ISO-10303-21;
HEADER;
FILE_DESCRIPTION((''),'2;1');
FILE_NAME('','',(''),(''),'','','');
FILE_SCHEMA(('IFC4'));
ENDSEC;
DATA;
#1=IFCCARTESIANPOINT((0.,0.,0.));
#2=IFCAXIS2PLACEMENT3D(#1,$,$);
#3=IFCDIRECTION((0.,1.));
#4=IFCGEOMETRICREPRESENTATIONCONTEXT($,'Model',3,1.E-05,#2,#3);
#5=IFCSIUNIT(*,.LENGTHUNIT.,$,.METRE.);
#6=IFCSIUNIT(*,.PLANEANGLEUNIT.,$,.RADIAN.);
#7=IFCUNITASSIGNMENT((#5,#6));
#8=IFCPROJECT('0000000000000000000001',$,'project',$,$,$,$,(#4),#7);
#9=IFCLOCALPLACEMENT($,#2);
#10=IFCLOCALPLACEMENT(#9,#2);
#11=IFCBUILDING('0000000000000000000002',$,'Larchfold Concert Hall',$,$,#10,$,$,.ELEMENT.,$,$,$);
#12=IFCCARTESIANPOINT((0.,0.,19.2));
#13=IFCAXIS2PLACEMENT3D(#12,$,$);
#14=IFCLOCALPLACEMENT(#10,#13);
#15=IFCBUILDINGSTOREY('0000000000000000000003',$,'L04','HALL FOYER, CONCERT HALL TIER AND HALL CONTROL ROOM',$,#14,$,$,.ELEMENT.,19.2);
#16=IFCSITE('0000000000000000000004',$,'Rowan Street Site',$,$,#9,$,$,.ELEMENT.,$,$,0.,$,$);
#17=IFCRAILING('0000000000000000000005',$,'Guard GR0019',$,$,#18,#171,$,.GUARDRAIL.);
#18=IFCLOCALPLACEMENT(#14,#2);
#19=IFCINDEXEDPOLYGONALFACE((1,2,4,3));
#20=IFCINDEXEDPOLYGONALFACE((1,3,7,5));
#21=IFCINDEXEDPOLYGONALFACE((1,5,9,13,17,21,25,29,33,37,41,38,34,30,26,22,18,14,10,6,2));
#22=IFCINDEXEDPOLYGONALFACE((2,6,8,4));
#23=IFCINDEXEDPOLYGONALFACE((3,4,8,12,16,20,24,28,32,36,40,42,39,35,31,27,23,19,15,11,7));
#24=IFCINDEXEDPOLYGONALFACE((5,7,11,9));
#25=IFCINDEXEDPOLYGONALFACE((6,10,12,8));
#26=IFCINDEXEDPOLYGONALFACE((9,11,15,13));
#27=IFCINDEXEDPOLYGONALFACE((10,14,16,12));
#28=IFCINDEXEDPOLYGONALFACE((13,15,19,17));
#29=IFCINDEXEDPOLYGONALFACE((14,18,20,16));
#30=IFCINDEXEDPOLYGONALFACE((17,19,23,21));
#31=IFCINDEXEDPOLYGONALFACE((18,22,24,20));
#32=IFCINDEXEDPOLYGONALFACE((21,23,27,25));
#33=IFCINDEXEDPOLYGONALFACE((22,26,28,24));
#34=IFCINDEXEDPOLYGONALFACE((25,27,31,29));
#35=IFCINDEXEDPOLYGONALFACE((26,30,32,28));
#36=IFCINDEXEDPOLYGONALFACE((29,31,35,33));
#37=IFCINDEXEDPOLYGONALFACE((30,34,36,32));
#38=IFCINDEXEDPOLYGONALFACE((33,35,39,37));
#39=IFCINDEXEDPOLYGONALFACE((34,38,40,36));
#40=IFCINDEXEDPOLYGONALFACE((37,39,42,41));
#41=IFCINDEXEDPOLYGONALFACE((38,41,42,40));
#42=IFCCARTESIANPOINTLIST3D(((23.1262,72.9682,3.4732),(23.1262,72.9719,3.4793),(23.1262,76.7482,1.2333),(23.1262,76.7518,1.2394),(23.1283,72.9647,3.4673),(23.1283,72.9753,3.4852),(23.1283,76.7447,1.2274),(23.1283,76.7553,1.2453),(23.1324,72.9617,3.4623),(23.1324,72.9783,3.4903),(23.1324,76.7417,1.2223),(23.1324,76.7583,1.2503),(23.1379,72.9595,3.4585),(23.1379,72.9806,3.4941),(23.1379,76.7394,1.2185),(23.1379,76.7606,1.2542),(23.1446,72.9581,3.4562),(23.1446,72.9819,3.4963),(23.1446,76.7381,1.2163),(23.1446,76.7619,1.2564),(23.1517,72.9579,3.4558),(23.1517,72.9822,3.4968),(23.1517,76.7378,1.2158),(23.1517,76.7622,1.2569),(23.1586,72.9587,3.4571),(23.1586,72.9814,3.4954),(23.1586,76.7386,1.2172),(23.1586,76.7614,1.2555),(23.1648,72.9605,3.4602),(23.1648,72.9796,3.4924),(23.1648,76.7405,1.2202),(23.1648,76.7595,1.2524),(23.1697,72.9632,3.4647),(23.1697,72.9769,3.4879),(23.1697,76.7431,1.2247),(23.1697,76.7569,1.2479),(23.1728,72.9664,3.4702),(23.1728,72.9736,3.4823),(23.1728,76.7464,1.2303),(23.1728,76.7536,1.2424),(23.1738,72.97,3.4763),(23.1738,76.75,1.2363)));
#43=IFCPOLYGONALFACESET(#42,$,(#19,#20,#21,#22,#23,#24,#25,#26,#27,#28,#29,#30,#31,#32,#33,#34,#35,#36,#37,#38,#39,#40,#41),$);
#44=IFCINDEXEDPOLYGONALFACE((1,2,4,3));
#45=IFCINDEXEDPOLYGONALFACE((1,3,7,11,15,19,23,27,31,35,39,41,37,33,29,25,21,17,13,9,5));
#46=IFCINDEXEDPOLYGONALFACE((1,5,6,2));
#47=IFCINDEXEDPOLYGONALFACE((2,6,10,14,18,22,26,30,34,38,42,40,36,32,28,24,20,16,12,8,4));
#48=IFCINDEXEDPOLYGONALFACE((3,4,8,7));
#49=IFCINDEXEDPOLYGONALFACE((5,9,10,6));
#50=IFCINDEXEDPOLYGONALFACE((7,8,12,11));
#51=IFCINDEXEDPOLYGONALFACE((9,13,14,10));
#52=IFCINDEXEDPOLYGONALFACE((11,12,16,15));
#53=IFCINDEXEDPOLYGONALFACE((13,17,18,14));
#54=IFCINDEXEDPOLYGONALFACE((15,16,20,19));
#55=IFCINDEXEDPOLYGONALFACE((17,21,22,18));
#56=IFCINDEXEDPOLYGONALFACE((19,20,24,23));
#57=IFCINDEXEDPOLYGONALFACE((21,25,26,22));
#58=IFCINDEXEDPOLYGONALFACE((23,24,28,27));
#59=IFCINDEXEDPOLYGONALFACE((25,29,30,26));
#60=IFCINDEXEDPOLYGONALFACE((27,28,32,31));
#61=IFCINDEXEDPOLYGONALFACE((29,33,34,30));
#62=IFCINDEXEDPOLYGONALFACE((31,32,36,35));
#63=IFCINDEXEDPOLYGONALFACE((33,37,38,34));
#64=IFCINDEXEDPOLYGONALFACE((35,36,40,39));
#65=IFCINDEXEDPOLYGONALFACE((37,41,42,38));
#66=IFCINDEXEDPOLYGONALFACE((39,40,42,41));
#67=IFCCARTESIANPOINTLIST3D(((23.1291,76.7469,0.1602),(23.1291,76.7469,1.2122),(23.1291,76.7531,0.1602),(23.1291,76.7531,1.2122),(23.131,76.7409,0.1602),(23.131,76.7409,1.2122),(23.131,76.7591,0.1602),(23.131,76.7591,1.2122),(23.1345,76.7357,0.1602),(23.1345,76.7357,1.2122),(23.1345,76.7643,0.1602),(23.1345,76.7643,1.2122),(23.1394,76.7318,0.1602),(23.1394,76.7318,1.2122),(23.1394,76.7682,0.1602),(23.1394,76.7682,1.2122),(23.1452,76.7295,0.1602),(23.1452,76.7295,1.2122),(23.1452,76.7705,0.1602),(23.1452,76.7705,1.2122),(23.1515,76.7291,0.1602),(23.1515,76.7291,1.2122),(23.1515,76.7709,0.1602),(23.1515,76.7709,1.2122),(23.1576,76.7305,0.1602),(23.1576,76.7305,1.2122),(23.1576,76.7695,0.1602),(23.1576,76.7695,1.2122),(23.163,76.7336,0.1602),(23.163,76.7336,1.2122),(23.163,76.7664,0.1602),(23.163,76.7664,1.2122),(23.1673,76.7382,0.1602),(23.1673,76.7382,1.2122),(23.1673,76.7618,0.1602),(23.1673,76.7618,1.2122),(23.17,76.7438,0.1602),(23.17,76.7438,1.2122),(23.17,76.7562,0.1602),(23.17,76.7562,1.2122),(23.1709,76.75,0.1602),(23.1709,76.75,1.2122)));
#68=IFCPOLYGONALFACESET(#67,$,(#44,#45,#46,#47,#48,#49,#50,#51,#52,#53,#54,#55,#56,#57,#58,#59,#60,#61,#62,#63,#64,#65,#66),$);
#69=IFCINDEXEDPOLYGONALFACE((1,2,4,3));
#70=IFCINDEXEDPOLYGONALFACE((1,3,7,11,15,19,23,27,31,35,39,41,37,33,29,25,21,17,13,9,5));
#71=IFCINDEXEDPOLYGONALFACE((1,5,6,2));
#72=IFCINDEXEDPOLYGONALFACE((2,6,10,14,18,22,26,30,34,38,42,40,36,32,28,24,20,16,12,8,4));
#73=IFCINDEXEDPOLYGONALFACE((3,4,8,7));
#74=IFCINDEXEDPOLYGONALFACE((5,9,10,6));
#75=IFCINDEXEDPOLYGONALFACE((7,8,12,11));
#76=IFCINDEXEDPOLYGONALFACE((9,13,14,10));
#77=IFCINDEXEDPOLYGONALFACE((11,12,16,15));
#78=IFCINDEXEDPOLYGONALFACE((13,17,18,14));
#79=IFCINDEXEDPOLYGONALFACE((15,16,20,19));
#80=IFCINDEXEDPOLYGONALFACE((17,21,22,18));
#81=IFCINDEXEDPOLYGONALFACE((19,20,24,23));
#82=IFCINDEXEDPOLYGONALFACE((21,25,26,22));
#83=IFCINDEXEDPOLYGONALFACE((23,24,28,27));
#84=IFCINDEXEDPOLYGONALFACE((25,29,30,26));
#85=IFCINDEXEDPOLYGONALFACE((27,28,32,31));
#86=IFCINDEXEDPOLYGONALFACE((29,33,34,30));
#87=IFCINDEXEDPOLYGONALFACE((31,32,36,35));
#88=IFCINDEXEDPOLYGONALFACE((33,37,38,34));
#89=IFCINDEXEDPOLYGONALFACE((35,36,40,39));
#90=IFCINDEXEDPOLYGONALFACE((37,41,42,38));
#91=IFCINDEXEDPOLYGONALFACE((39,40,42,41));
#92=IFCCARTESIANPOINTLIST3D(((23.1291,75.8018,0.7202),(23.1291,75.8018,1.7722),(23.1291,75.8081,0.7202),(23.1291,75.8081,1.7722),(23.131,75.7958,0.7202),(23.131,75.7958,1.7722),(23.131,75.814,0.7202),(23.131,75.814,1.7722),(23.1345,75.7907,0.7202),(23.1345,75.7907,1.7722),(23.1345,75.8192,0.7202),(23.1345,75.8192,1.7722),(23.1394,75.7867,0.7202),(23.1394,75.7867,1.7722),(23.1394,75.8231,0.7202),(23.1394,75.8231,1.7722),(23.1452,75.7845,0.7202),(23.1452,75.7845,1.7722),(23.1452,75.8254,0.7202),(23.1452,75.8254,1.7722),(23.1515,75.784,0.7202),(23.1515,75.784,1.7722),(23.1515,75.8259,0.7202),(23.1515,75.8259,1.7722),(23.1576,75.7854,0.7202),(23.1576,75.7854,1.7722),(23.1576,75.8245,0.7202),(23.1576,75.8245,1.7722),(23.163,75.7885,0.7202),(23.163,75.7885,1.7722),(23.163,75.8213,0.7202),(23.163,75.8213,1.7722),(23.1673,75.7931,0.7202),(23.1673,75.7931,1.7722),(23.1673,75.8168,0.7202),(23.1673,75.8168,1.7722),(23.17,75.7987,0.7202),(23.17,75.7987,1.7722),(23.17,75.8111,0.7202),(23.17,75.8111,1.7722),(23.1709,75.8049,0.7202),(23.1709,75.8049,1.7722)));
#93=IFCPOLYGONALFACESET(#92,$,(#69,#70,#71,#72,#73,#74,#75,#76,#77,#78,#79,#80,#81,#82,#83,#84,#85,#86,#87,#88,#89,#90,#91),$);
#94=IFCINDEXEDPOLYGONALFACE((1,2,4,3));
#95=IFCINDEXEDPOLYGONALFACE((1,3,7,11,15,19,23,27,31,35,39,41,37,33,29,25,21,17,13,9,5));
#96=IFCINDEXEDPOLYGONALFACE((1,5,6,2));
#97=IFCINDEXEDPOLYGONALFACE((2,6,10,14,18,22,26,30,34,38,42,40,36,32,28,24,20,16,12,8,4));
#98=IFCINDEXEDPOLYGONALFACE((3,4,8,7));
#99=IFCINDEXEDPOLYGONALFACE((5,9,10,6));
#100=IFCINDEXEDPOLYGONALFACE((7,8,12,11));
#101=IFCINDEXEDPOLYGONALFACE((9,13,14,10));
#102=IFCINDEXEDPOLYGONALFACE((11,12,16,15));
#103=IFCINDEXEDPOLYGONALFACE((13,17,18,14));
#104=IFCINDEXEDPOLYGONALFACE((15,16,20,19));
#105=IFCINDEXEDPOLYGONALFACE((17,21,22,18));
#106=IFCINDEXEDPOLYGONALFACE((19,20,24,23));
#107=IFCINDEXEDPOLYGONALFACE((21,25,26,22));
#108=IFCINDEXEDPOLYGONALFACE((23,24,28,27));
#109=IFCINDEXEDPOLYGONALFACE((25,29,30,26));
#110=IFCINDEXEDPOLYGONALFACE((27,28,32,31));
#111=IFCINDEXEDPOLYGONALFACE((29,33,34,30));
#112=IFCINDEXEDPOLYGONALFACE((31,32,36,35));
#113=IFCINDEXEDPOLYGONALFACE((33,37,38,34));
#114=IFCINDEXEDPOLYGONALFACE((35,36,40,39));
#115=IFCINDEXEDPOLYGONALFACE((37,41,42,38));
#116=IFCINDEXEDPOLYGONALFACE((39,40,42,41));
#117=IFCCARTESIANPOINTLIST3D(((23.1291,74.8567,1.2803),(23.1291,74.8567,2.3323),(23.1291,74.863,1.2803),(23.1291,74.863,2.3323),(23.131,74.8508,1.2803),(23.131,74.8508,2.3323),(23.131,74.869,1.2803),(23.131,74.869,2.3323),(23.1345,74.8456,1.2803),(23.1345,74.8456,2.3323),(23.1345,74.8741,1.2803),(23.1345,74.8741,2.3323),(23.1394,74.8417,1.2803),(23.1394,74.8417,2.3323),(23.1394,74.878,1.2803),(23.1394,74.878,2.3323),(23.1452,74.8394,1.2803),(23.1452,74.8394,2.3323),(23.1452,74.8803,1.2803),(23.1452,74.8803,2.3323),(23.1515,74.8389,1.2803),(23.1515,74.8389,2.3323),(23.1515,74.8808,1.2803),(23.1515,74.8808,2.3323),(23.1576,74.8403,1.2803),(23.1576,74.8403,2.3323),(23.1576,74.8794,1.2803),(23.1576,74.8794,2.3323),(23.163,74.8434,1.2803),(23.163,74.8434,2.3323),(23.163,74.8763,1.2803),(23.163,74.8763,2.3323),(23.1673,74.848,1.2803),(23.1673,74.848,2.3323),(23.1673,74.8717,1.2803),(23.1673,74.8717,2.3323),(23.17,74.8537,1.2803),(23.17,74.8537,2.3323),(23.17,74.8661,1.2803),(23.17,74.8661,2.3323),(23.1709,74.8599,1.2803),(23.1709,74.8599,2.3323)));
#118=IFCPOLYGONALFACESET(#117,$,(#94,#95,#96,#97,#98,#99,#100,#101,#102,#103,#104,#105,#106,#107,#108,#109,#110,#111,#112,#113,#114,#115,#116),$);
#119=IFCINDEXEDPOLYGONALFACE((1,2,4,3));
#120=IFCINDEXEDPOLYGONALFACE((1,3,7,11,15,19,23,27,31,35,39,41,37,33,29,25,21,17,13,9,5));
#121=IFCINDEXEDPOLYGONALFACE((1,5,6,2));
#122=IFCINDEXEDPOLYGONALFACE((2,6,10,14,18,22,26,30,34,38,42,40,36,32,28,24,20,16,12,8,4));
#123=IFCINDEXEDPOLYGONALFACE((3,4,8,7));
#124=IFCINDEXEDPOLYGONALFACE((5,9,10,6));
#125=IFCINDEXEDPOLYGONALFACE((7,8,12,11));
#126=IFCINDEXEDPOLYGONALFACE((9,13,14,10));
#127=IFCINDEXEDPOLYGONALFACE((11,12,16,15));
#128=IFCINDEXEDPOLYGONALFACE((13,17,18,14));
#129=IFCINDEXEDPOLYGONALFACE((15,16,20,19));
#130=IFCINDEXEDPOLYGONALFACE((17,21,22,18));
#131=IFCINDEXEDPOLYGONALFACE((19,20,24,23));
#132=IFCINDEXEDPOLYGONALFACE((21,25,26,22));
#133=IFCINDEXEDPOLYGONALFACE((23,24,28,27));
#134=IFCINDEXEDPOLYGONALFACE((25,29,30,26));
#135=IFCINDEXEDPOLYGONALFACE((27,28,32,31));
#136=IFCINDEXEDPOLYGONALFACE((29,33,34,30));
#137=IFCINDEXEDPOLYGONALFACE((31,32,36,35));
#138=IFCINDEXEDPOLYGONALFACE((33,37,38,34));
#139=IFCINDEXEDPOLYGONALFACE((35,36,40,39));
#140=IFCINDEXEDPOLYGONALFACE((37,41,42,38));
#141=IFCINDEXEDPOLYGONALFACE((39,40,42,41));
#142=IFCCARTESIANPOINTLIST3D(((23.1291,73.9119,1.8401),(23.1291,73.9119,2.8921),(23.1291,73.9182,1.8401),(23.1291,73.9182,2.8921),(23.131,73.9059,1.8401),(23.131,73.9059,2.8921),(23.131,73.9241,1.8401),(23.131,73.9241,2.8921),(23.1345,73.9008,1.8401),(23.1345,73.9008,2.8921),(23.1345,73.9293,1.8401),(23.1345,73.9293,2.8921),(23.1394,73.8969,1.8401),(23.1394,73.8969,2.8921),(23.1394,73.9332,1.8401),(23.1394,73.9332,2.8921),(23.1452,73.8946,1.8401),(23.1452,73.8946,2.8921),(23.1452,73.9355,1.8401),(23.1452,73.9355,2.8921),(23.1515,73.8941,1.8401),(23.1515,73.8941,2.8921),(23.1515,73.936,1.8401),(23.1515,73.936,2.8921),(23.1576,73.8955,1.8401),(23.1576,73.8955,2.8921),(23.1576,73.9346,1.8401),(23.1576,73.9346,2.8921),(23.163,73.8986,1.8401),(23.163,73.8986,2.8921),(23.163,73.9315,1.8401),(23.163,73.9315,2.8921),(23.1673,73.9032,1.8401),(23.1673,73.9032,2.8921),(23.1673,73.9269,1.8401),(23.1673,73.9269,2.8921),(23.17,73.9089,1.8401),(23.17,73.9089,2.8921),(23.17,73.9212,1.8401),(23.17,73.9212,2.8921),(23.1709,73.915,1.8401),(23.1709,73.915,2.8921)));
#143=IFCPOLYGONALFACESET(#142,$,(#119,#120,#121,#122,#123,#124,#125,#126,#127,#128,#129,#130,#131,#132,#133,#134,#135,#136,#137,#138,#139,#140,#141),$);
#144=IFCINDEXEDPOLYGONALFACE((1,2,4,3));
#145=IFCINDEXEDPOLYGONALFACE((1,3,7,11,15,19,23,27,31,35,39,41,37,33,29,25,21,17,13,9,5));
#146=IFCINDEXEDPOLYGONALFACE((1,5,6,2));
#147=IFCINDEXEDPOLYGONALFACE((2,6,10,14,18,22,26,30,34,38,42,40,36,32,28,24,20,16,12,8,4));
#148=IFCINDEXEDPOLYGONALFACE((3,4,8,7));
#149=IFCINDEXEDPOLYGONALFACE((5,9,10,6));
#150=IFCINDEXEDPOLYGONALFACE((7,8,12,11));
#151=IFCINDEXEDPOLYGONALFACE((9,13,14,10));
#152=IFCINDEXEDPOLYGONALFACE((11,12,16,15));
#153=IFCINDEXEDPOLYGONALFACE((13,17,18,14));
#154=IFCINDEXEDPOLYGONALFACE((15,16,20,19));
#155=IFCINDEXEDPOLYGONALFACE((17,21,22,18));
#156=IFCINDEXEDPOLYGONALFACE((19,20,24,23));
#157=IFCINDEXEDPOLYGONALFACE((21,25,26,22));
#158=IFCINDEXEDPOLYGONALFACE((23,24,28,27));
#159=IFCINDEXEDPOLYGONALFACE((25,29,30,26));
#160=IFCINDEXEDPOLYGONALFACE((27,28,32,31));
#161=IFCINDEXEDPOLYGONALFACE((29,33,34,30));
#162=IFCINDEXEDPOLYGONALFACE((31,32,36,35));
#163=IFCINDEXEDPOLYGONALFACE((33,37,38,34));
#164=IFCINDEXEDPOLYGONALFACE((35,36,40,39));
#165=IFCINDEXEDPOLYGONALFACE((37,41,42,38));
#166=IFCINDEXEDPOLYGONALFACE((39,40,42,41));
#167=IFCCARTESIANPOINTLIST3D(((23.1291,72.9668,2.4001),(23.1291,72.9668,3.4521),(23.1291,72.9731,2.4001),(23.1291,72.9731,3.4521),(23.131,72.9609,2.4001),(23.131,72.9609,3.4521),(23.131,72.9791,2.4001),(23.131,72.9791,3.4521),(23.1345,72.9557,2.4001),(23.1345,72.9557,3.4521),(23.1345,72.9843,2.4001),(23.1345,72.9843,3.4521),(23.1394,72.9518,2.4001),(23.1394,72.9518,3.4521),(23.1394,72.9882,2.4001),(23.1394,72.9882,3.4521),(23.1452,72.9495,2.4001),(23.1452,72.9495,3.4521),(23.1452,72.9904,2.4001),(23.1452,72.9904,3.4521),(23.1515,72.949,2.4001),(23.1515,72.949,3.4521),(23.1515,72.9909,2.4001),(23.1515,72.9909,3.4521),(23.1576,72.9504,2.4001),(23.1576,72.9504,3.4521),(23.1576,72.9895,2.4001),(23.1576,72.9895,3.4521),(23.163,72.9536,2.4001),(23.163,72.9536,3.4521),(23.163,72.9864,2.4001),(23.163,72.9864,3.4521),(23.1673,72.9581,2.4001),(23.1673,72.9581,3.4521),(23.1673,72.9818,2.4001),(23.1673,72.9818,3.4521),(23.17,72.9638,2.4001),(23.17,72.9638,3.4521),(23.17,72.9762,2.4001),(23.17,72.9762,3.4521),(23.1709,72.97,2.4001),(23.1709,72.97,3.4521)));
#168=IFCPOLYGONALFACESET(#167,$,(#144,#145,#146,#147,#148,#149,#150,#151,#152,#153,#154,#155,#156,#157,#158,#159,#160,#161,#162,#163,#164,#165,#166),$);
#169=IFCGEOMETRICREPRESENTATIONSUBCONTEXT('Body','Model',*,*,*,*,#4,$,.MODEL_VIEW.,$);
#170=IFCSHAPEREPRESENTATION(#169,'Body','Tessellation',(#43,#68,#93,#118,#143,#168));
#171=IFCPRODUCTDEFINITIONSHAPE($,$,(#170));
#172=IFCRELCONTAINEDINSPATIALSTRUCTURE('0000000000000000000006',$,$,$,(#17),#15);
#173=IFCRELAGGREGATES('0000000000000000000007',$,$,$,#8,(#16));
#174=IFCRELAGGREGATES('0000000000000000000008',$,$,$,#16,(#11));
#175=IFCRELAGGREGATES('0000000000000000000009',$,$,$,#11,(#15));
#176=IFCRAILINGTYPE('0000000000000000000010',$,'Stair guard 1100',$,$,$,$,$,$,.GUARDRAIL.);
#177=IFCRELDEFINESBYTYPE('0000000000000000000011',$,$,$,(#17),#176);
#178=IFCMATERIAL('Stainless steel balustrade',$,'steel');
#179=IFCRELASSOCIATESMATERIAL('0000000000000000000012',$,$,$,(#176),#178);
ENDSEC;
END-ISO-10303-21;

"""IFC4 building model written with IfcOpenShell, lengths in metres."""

from ifc_helpers import new_model, si_unit, direction, frame, origin, origin_2d, place, context, subcontext, project, spatial, circle, extrude, material, type_object, element, save


model = new_model("IFC4")

# Units and contexts
model_context = context("Model", 3, precision=1e-05, world=origin(), true_north=direction((0.0, 1.0)))
body_context = subcontext(model_context, "Body", "Model", "MODEL_VIEW")
ifc_project = project(units=[si_unit("LENGTHUNIT", "METRE"), si_unit("PLANEANGLEUNIT", "RADIAN")], contexts=[model_context])

# Site, building, storey
site_placement = place(None, origin())
site = spatial("IfcSite", under=ifc_project, at=site_placement, Name="Rowan Street Site", CompositionType="ELEMENT", RefElevation=0.0)
building_placement = place(site_placement, origin())
building = spatial("IfcBuilding", under=site, at=building_placement, Name="Larchfold Concert Hall", CompositionType="ELEMENT")
storey_placement = place(building_placement, frame((0.0, 0.0, 19.2)))
storey = spatial("IfcBuildingStorey", under=building, at=storey_placement, Name="L04", Description="HALL FOYER, CONCERT HALL TIER AND HALL CONTROL ROOM", CompositionType="ELEMENT", Elevation=19.2)

# Railing
ifc_material_1 = material(Name="Stainless steel balustrade", Category="steel")
railing_type_1 = type_object("IfcRailingType", Name="Stair guard 1100", PredefinedType="GUARDRAIL", material=ifc_material_1)
railing_1_placement = place(storey_placement, frame((23.1499, 76.75, 0.1602)))
element("IfcRailing", 1, at=railing_1_placement, inside=storey, type_object=railing_type_1, Name="Guard GR0019", PredefinedType="GUARDRAIL", context=body_context, shape_type="SweptSolid", body=[
    extrude(circle(Radius=0.0239, at=origin_2d()), frame((0.0, 0.0, 1.0762), z_axis=(0.0, -0.860294, 0.509798), x_axis=(1.0, 0.0, 0.0)), (0.0, 0.0, 1.0), 4.3938),
    extrude(circle(Radius=0.021, at=origin_2d()), origin(), (0.0, 0.0, 1.0), 1.052),
    extrude(circle(Radius=0.021, at=origin_2d()), frame((0.0, -0.9451, 0.5601)), (0.0, 0.0, 1.0), 1.052),
    extrude(circle(Radius=0.021, at=origin_2d()), frame((0.0, -1.8901, 1.1201)), (0.0, 0.0, 1.0), 1.052),
    extrude(circle(Radius=0.021, at=origin_2d()), frame((0.0, -2.835, 1.6799)), (0.0, 0.0, 1.0), 1.052),
    extrude(circle(Radius=0.021, at=origin_2d()), frame((0.0, -3.78, 2.24)), (0.0, 0.0, 1.0), 1.052),
])

save(model, "model.ifc")
